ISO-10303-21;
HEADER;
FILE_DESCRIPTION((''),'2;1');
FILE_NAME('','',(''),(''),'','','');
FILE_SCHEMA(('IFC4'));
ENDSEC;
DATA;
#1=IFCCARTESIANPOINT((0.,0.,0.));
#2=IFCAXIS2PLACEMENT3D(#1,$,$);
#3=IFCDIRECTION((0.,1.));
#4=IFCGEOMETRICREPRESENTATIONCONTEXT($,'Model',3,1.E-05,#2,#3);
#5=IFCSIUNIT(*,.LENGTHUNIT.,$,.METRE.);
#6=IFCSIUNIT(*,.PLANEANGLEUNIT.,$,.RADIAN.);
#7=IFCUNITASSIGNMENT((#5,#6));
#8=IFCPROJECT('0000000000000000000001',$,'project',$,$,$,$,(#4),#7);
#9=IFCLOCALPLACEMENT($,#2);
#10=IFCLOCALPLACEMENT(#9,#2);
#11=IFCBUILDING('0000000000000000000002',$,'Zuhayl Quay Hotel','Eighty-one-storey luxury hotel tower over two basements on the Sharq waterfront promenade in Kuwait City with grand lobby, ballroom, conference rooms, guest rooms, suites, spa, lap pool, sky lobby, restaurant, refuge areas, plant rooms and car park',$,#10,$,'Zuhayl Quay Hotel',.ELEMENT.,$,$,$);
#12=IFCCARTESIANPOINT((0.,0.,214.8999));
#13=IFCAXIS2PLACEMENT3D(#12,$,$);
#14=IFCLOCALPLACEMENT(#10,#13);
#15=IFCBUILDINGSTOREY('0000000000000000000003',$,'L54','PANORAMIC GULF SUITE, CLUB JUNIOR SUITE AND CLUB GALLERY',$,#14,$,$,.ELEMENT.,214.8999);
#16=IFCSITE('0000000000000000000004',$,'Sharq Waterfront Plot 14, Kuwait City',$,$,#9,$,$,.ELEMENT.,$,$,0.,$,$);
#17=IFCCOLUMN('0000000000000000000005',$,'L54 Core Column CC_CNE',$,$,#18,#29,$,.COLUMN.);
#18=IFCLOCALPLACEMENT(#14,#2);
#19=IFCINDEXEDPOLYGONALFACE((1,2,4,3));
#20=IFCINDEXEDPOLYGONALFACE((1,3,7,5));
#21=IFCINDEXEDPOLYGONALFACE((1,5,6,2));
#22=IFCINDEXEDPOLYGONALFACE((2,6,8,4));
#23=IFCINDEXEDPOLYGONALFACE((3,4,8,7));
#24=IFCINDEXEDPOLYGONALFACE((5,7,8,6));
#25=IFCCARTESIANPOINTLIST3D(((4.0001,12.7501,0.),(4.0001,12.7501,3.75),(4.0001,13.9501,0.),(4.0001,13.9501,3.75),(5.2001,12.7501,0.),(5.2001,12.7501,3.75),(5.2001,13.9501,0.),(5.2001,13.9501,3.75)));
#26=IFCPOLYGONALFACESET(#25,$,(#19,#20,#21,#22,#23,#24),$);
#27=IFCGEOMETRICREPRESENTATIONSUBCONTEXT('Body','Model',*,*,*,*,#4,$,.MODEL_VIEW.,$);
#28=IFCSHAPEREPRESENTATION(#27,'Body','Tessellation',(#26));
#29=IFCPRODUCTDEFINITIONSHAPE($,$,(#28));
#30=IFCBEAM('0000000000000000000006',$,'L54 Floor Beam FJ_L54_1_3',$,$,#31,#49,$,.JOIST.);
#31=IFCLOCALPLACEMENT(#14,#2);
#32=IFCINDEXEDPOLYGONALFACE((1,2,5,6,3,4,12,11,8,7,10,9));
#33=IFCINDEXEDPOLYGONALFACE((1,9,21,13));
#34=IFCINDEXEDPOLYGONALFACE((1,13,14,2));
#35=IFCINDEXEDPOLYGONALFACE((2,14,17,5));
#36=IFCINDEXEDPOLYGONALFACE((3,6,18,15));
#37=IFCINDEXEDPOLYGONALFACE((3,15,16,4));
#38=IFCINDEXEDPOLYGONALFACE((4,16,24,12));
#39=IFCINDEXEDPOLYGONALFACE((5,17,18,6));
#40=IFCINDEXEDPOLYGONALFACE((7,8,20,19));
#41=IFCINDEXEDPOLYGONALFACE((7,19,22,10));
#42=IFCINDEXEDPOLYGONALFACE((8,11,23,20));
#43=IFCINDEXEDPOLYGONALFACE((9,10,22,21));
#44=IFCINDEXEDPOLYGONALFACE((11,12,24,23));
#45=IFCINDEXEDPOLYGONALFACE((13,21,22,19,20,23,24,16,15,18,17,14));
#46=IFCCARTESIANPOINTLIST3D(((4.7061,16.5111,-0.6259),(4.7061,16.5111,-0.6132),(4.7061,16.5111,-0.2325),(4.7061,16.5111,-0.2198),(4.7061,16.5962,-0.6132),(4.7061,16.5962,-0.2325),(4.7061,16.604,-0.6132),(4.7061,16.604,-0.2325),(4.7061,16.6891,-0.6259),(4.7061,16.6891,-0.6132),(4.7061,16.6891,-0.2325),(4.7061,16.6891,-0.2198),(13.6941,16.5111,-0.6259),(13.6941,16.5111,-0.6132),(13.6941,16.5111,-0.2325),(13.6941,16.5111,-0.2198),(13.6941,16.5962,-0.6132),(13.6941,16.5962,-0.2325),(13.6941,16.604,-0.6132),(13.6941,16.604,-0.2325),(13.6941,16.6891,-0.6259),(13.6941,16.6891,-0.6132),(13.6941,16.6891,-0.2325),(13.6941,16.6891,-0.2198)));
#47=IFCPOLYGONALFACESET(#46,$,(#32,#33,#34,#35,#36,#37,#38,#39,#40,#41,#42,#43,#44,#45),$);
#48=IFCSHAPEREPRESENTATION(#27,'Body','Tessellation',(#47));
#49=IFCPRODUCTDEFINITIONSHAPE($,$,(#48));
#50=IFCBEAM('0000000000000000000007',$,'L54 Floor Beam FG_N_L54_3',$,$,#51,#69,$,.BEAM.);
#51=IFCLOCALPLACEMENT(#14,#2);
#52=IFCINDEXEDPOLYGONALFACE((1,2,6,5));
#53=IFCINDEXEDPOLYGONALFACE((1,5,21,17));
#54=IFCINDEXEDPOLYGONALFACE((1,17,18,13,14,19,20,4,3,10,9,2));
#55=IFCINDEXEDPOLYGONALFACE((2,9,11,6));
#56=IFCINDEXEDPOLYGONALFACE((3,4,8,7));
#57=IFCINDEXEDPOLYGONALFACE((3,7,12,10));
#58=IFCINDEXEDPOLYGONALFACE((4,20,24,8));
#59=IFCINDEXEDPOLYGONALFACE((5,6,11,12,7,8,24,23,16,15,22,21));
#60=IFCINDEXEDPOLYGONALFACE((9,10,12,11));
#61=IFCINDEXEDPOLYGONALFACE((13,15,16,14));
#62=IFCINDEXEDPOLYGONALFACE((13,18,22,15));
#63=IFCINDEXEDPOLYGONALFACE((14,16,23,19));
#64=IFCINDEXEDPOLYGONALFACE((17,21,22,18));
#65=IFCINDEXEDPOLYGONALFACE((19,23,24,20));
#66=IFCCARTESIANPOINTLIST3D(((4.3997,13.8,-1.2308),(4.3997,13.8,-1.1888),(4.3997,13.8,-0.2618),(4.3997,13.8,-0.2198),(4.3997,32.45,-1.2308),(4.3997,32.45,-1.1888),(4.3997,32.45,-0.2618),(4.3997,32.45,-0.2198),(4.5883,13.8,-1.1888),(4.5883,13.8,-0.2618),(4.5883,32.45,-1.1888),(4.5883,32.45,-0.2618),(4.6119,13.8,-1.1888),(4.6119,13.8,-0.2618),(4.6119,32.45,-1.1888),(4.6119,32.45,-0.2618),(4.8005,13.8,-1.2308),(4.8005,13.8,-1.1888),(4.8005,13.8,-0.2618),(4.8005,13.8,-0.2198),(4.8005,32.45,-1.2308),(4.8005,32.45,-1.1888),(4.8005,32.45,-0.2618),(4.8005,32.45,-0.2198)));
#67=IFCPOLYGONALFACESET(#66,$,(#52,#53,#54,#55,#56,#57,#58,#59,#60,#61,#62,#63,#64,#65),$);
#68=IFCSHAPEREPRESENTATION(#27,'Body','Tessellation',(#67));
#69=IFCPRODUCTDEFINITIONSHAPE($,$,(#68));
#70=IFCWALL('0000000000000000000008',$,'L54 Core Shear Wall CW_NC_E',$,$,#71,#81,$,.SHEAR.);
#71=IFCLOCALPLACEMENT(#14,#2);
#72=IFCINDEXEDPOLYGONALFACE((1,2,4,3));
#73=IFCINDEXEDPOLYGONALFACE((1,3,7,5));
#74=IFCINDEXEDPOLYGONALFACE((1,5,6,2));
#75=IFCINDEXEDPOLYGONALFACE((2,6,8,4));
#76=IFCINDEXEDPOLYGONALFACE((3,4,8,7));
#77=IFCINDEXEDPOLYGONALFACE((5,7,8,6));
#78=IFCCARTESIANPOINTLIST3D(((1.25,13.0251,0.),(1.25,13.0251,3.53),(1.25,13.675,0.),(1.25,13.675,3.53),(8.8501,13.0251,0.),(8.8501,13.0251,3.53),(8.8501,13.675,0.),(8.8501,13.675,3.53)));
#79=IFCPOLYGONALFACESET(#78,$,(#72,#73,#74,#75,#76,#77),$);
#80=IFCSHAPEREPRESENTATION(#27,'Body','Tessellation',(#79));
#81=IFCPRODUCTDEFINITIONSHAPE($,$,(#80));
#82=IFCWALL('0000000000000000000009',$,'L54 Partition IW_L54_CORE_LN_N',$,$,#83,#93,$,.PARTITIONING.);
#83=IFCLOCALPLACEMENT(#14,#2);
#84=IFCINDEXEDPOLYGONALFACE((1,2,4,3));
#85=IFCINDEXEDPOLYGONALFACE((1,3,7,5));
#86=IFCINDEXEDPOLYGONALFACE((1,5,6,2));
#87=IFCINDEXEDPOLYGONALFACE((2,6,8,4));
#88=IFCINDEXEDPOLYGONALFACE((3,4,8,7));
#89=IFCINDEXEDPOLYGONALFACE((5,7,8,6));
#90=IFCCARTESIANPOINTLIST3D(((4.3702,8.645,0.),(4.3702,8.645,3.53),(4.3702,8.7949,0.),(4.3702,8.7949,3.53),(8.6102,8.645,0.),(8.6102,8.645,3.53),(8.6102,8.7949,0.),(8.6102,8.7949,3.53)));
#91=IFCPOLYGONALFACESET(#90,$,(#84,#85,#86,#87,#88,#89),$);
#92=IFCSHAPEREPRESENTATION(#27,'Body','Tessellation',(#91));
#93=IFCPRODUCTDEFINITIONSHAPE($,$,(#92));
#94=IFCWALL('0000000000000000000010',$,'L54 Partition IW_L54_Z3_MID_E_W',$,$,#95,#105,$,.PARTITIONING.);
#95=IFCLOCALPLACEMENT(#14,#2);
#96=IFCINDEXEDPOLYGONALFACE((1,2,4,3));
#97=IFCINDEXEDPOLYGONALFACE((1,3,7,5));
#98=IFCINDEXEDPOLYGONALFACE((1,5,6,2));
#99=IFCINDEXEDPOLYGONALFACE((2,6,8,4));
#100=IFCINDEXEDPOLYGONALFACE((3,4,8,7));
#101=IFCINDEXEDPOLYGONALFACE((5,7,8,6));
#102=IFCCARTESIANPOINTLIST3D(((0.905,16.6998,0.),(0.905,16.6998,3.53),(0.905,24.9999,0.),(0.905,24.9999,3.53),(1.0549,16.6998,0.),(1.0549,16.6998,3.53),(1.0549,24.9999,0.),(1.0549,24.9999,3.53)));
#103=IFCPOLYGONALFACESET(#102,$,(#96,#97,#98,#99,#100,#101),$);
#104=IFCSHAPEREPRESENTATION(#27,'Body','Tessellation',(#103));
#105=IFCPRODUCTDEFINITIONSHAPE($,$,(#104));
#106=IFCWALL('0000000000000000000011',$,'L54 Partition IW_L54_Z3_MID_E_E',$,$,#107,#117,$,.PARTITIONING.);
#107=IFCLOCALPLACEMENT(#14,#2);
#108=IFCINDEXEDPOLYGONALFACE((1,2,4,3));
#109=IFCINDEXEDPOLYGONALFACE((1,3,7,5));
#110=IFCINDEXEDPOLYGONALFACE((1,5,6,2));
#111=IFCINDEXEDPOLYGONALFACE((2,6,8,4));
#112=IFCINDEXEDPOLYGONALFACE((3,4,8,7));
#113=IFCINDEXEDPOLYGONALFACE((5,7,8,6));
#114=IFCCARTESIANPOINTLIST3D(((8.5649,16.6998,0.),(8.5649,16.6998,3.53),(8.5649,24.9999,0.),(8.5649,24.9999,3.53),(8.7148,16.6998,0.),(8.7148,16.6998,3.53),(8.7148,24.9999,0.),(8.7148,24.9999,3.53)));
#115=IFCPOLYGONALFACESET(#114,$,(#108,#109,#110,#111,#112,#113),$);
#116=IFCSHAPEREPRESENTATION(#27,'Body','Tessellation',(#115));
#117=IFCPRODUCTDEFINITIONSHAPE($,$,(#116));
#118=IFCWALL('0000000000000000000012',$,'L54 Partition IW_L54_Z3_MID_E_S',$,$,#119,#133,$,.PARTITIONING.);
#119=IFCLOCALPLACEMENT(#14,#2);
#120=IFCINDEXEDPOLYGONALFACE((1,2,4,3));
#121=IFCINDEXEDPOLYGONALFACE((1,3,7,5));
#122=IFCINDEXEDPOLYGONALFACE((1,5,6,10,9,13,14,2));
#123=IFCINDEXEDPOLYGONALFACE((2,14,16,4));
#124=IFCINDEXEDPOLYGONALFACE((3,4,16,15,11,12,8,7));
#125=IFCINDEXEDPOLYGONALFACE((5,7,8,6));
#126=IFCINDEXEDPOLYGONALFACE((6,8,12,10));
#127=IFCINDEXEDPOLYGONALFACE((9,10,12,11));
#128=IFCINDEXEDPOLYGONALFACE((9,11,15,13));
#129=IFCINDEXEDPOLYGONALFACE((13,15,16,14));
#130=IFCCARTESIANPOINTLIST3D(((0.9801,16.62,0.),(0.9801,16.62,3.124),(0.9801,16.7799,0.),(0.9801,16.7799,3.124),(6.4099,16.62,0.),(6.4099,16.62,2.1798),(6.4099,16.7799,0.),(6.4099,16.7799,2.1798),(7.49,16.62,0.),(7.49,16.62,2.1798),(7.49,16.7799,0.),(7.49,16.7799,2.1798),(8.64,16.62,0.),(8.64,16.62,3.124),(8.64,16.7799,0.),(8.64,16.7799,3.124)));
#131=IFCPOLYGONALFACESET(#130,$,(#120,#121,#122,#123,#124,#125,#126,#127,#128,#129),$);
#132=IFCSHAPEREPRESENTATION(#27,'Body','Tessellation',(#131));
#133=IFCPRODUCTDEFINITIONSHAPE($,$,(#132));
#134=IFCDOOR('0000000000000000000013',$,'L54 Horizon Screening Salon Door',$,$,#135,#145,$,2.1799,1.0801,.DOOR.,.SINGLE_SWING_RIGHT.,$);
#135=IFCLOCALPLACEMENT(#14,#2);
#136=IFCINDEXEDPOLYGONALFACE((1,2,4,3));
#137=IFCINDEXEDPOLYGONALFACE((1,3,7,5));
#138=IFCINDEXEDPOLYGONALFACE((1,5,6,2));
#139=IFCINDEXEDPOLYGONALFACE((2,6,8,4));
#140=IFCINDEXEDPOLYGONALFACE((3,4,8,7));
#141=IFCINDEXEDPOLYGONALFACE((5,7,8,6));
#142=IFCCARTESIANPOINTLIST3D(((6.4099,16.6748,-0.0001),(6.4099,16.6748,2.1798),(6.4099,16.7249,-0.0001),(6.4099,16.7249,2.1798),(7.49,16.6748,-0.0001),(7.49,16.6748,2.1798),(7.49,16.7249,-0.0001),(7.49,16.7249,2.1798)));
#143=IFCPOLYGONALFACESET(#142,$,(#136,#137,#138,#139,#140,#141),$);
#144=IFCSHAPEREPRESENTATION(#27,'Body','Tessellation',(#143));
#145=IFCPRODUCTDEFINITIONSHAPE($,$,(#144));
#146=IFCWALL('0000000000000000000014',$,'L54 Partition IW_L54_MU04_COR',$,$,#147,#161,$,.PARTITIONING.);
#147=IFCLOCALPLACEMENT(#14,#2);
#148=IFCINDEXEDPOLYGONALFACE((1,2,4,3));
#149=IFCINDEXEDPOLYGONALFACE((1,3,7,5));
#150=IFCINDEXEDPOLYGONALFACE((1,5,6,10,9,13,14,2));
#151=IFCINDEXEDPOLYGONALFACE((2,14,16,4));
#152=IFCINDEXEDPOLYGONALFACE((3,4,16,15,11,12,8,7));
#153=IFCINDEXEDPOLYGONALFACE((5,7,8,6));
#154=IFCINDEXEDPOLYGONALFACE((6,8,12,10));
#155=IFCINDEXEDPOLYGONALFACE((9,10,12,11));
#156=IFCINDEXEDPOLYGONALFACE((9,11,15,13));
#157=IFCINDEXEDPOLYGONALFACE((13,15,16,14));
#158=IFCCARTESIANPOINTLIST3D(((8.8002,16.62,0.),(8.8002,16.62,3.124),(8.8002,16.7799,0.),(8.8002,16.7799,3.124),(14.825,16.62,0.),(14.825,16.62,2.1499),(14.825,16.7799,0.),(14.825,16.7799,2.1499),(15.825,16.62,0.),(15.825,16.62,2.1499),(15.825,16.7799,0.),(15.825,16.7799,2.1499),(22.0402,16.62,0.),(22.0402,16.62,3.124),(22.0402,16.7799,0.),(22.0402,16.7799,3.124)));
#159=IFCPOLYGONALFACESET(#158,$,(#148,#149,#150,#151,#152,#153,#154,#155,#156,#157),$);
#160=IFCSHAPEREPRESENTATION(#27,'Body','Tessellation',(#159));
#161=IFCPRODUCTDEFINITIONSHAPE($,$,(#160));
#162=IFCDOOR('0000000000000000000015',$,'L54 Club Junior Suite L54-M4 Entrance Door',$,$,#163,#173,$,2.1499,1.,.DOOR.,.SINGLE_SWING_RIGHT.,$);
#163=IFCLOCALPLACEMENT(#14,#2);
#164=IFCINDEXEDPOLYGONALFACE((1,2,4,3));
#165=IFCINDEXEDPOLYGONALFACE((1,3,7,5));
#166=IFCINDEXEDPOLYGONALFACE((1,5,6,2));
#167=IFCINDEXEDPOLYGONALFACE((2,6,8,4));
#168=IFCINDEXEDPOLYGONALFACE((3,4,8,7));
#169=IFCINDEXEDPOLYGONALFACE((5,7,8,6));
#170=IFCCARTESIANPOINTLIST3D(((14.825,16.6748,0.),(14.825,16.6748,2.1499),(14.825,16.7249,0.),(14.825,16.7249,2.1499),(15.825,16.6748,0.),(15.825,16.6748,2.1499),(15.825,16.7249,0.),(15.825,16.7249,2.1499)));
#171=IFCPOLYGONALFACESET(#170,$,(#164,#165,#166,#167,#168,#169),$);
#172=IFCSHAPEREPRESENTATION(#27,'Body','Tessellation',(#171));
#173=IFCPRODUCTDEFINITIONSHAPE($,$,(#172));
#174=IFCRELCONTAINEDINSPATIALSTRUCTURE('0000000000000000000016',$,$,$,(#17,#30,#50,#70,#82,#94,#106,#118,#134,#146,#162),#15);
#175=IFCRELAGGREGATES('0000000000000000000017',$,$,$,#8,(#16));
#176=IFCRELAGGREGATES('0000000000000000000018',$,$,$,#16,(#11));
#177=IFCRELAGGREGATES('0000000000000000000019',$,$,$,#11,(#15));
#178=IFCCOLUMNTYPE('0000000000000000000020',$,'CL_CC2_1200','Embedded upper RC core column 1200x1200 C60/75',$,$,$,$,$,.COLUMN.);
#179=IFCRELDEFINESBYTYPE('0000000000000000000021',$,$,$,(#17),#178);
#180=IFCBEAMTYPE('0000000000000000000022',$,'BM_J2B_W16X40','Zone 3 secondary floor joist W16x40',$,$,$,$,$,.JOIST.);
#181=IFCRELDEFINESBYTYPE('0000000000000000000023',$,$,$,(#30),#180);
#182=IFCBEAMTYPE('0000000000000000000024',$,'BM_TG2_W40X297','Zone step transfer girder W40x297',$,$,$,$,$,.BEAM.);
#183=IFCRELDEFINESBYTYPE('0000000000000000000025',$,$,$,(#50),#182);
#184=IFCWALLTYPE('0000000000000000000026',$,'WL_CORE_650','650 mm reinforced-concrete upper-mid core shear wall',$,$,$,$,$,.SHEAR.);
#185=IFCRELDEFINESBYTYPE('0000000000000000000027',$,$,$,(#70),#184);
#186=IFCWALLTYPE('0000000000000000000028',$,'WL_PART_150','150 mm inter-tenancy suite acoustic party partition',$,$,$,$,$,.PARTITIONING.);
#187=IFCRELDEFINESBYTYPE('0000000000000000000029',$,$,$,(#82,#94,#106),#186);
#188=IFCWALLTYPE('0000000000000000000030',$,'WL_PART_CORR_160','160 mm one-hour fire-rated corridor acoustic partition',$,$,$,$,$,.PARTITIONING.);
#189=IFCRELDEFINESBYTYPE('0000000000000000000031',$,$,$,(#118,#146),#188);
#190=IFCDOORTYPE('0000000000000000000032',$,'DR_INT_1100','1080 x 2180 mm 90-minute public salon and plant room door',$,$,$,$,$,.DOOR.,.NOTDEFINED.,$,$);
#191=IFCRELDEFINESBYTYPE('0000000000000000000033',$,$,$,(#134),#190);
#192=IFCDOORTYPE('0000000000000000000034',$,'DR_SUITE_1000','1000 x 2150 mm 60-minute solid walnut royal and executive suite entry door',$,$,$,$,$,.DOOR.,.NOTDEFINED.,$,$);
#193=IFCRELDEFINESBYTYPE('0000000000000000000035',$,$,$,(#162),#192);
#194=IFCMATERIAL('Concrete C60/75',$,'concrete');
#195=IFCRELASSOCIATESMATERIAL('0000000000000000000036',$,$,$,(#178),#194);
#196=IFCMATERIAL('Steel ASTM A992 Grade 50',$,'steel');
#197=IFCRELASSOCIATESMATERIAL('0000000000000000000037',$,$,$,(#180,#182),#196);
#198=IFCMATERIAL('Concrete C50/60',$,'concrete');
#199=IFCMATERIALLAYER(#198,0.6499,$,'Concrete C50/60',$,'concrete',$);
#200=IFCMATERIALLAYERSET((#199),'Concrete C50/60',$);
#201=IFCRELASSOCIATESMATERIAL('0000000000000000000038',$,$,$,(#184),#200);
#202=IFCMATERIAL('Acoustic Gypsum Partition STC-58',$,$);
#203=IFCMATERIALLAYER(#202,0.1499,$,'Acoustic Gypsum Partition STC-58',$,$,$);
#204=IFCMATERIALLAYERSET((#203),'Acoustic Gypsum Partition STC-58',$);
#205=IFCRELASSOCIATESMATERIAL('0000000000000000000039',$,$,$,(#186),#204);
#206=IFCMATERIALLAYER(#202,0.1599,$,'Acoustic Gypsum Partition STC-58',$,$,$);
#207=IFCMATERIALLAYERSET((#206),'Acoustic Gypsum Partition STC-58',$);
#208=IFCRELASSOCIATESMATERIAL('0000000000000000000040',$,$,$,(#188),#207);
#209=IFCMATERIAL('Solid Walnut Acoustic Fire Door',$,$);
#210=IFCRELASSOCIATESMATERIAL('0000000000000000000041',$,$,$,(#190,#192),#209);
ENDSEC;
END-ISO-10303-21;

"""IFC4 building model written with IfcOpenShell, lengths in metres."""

from ifc_helpers import new_model, si_unit, direction, frame, frame_2d, origin, origin_2d, place, context, subcontext, project, spatial, rectangle, i_section, extrude, material, layer, layer_set, material_profile, profile_set, type_object, element, fill, save


model = new_model("IFC4")

# Units and contexts
model_context = context("Model", 3, precision=1e-05, world=origin(), true_north=direction((0.0, 1.0)))
body_context = subcontext(model_context, "Body", "Model", "MODEL_VIEW")
ifc_project = project(units=[si_unit("LENGTHUNIT", "METRE"), si_unit("PLANEANGLEUNIT", "RADIAN")], contexts=[model_context])

# Site, building, storey
site_placement = place(None, origin())
site = spatial("IfcSite", under=ifc_project, at=site_placement, Name="Sharq Waterfront Plot 14, Kuwait City", CompositionType="ELEMENT", RefElevation=0.0)
building_placement = place(site_placement, origin())
building = spatial("IfcBuilding", under=site, at=building_placement, Name="Zuhayl Quay Hotel", Description="Eighty-one-storey luxury hotel tower over two basements on the Sharq waterfront promenade in Kuwait City with grand lobby, ballroom, conference rooms, guest rooms, suites, spa, lap pool, sky lobby, restaurant, refuge areas, plant rooms and car park", LongName="Zuhayl Quay Hotel", CompositionType="ELEMENT")
storey_placement = place(building_placement, frame((0.0, 0.0, 214.8999)))
storey = spatial("IfcBuildingStorey", under=building, at=storey_placement, Name="L54", Description="PANORAMIC GULF SUITE, CLUB JUNIOR SUITE AND CLUB GALLERY", CompositionType="ELEMENT", Elevation=214.8999)

# Column
ifc_material_1 = material(Name="Concrete C60/75", Category="concrete")
ifc_material_profile_1 = material_profile(ifc_material_1, rectangle(XDim=1.2, YDim=1.2, at=origin_2d()), Name="RC1200X1200")
ifc_profile_set_1 = profile_set([ifc_material_profile_1], Name="Concrete C60/75")
column_type = type_object("IfcColumnType", Name="CL_CC2_1200", Description="Embedded upper RC core column 1200x1200 C60/75", PredefinedType="COLUMN", material=ifc_profile_set_1)
column_placement = place(storey_placement, frame((4.6001, 13.3501, 0.0), z_axis=(0.0, 0.0, 1.0), x_axis=(1.0, 0.0, 0.0)))
element("IfcColumn", 1, at=column_placement, inside=storey, type_object=column_type, Name="L54 Core Column CC_CNE", PredefinedType="COLUMN", context=body_context, shape_type="SweptSolid", body=[
    extrude(rectangle(XDim=1.2, YDim=1.2, at=origin_2d()), origin(), (0.0, 0.0, 1.0), 3.75),
])

# Beams
ifc_material_2 = material(Name="Steel ASTM A992 Grade 50", Category="steel")
ifc_material_profile_2 = material_profile(ifc_material_2, i_section(OverallWidth=0.178, OverallDepth=0.406, WebThickness=0.0078, FlangeThickness=0.0127, at=origin_2d()), Name="W16X40")
ifc_profile_set_2 = profile_set([ifc_material_profile_2], Name="Steel ASTM A992 Grade 50")
beam_type_1 = type_object("IfcBeamType", Name="BM_J2B_W16X40", Description="Zone 3 secondary floor joist W16x40", PredefinedType="JOIST", material=ifc_profile_set_2)
beam_1_placement = place(storey_placement, frame((4.7061, 16.6001, -0.4229), z_axis=(1.0, 0.0, 0.0), x_axis=(0.0, 1.0, 0.0)))
element("IfcBeam", 2, at=beam_1_placement, inside=storey, type_object=beam_type_1, Name="L54 Floor Beam FJ_L54_1_3", PredefinedType="JOIST", context=body_context, shape_type="SweptSolid", body=[
    extrude(i_section(OverallWidth=0.178, OverallDepth=0.406, WebThickness=0.0078, FlangeThickness=0.0127, at=origin_2d()), origin(), (0.0, 0.0, 1.0), 8.988),
])
ifc_material_profile_3 = material_profile(ifc_material_2, i_section(OverallWidth=0.4009, OverallDepth=1.011, WebThickness=0.0237, FlangeThickness=0.042, at=origin_2d()), Name="W40X297")
ifc_profile_set_3 = profile_set([ifc_material_profile_3], Name="Steel ASTM A992 Grade 50")
beam_type_2 = type_object("IfcBeamType", Name="BM_TG2_W40X297", Description="Zone step transfer girder W40x297", PredefinedType="BEAM", material=ifc_profile_set_3)
beam_2_placement = place(storey_placement, frame((4.6001, 13.8, -0.7253), z_axis=(0.0, 1.0, 0.0), x_axis=(-1.0, 0.0, 0.0)))
element("IfcBeam", 3, at=beam_2_placement, inside=storey, type_object=beam_type_2, Name="L54 Floor Beam FG_N_L54_3", PredefinedType="BEAM", context=body_context, shape_type="SweptSolid", body=[
    extrude(i_section(OverallWidth=0.4009, OverallDepth=1.011, WebThickness=0.0237, FlangeThickness=0.042, at=origin_2d()), origin(), (0.0, 0.0, 1.0), 18.6499),
])

# Wall
ifc_material_3 = material(Name="Concrete C50/60", Category="concrete")
ifc_layer_1 = layer(ifc_material_3, 0.6499, Name="Concrete C50/60", Category="concrete")
ifc_layer_set_1 = layer_set([ifc_layer_1], Name="Concrete C50/60")
wall_type_1 = type_object("IfcWallType", Name="WL_CORE_650", Description="650 mm reinforced-concrete upper-mid core shear wall", PredefinedType="SHEAR", material=ifc_layer_set_1)
wall_1_placement = place(storey_placement, frame((1.25, 13.3501, 0.0), z_axis=(0.0, 0.0, 1.0), x_axis=(1.0, 0.0, 0.0)))
element("IfcWall", 4, at=wall_1_placement, inside=storey, type_object=wall_type_1, Name="L54 Core Shear Wall CW_NC_E", PredefinedType="SHEAR", context=body_context, shape_type="SweptSolid", body=[
    extrude(rectangle(XDim=7.6001, YDim=0.6499, at=frame_2d((3.8, 0.0))), origin(), (0.0, 0.0, 1.0), 3.53),
])

# Shared definitions
ifc_material_4 = material(Name="Acoustic Gypsum Partition STC-58")
ifc_layer_2 = layer(ifc_material_4, 0.1499, Name="Acoustic Gypsum Partition STC-58")
ifc_layer_set_2 = layer_set([ifc_layer_2], Name="Acoustic Gypsum Partition STC-58")
wall_type_2 = type_object("IfcWallType", Name="WL_PART_150", Description="150 mm inter-tenancy suite acoustic party partition", PredefinedType="PARTITIONING", material=ifc_layer_set_2)

# Walls
wall_2_placement = place(storey_placement, frame((4.3701, 8.72, 0.0), z_axis=(0.0, 0.0, 1.0), x_axis=(1.0, 0.0, 0.0)))
element("IfcWall", 5, at=wall_2_placement, inside=storey, type_object=wall_type_2, Name="L54 Partition IW_L54_CORE_LN_N", PredefinedType="PARTITIONING", context=body_context, shape_type="SweptSolid", body=[
    extrude(rectangle(XDim=4.24, YDim=0.1499, at=frame_2d((2.1201, 0.0))), origin(), (0.0, 0.0, 1.0), 3.53),
])
for number, where, z_axis, x_axis, name in (
    (6, (0.98, 16.7, 0.0), (0.0, 0.0, 1.0), (0.0, 1.0, 0.0), "L54 Partition IW_L54_Z3_MID_E_W"),
    (7, (8.6399, 16.7, 0.0), (0.0, 0.0, 1.0), (0.0, 1.0, 0.0), "L54 Partition IW_L54_Z3_MID_E_E"),
):
    element("IfcWall", number, at=place(storey_placement, frame(where, z_axis=z_axis, x_axis=x_axis)), inside=storey, type_object=wall_type_2, Name=name, PredefinedType="PARTITIONING", context=body_context, shape_type="SweptSolid", body=[
        extrude(rectangle(XDim=8.3, YDim=0.1499, at=frame_2d((4.1499, 0.0))), origin(), (0.0, 0.0, 1.0), 3.53),
    ])

# Walls, openings, doors
ifc_layer_3 = layer(ifc_material_4, 0.1599, Name="Acoustic Gypsum Partition STC-58")
ifc_layer_set_3 = layer_set([ifc_layer_3], Name="Acoustic Gypsum Partition STC-58")
wall_type_3 = type_object("IfcWallType", Name="WL_PART_CORR_160", Description="160 mm one-hour fire-rated corridor acoustic partition", PredefinedType="PARTITIONING", material=ifc_layer_set_3)
wall_3_placement = place(storey_placement, frame((0.98, 16.7, 0.0), z_axis=(0.0, 0.0, 1.0), x_axis=(1.0, 0.0, 0.0)))
wall_3 = element("IfcWall", 8, at=wall_3_placement, inside=storey, type_object=wall_type_3, Name="L54 Partition IW_L54_Z3_MID_E_S", PredefinedType="PARTITIONING", context=body_context, shape_type="SweptSolid", body=[
    extrude(rectangle(XDim=7.6599, YDim=0.1599, at=frame_2d((3.8301, 0.0))), origin(), (0.0, 0.0, 1.0), 3.124),
])
opening_1_placement = place(wall_3_placement, frame((5.4299, 0.0, 0.0)))
opening_1 = element("IfcOpeningElement", 9, at=opening_1_placement, cuts=wall_3, PredefinedType="OPENING", context=body_context, shape_type="SweptSolid", body=[
    extrude(rectangle(XDim=1.0801, YDim=2.1799, at=frame_2d((0.54, 1.0898))), frame((0.0, 0.0898, 0.0), z_axis=(0.0, -1.0, 0.0), x_axis=(1.0, 0.0, 0.0)), (0.0, 0.0, 1.0), 0.1799),
])
ifc_material_5 = material(Name="Solid Walnut Acoustic Fire Door")
door_type_1 = type_object("IfcDoorType", Name="DR_INT_1100", Description="1080 x 2180 mm 90-minute public salon and plant room door", OperationType="NOTDEFINED", PredefinedType="DOOR", material=ifc_material_5)
door_1_placement = place(opening_1_placement, origin())
door_1 = element("IfcDoor", 10, at=door_1_placement, inside=storey, type_object=door_type_1, Name="L54 Horizon Screening Salon Door", OperationType="SINGLE_SWING_RIGHT", OverallHeight=2.1799, OverallWidth=1.0801, PredefinedType="DOOR", context=body_context, shape_type="SweptSolid", body=[
    extrude(rectangle(XDim=1.0801, YDim=2.1799, at=frame_2d((0.54, 1.0898))), frame((0.0, 0.0249, 0.0), z_axis=(0.0, -1.0, 0.0), x_axis=(1.0, 0.0, 0.0)), (0.0, 0.0, 1.0), 0.05),
])
fill(opening_1, door_1)
wall_4_placement = place(storey_placement, frame((8.8, 16.7, 0.0), z_axis=(0.0, 0.0, 1.0), x_axis=(1.0, 0.0, 0.0)))
wall_4 = element("IfcWall", 11, at=wall_4_placement, inside=storey, type_object=wall_type_3, Name="L54 Partition IW_L54_MU04_COR", PredefinedType="PARTITIONING", context=body_context, shape_type="SweptSolid", body=[
    extrude(rectangle(XDim=13.24, YDim=0.1599, at=frame_2d((6.6201, 0.0))), origin(), (0.0, 0.0, 1.0), 3.124),
])
opening_2_placement = place(wall_4_placement, frame((6.0249, 0.0, 0.0)))
opening_2 = element("IfcOpeningElement", 12, at=opening_2_placement, cuts=wall_4, PredefinedType="OPENING", context=body_context, shape_type="SweptSolid", body=[
    extrude(rectangle(XDim=1.0, YDim=2.1499, at=frame_2d((0.5, 1.075))), frame((0.0, 0.0898, 0.0), z_axis=(0.0, -1.0, 0.0), x_axis=(1.0, 0.0, 0.0)), (0.0, 0.0, 1.0), 0.1799),
])
door_type_2 = type_object("IfcDoorType", Name="DR_SUITE_1000", Description="1000 x 2150 mm 60-minute solid walnut royal and executive suite entry door", OperationType="NOTDEFINED", PredefinedType="DOOR", material=ifc_material_5)
door_2_placement = place(opening_2_placement, origin())
door_2 = element("IfcDoor", 13, at=door_2_placement, inside=storey, type_object=door_type_2, Name="L54 Club Junior Suite L54-M4 Entrance Door", OperationType="SINGLE_SWING_RIGHT", OverallHeight=2.1499, OverallWidth=1.0, PredefinedType="DOOR", context=body_context, shape_type="SweptSolid", body=[
    extrude(rectangle(XDim=1.0, YDim=2.1499, at=frame_2d((0.5, 1.075))), frame((0.0, 0.0249, 0.0), z_axis=(0.0, -1.0, 0.0), x_axis=(1.0, 0.0, 0.0)), (0.0, 0.0, 1.0), 0.05),
])
fill(opening_2, door_2)

save(model, "model.ifc")
